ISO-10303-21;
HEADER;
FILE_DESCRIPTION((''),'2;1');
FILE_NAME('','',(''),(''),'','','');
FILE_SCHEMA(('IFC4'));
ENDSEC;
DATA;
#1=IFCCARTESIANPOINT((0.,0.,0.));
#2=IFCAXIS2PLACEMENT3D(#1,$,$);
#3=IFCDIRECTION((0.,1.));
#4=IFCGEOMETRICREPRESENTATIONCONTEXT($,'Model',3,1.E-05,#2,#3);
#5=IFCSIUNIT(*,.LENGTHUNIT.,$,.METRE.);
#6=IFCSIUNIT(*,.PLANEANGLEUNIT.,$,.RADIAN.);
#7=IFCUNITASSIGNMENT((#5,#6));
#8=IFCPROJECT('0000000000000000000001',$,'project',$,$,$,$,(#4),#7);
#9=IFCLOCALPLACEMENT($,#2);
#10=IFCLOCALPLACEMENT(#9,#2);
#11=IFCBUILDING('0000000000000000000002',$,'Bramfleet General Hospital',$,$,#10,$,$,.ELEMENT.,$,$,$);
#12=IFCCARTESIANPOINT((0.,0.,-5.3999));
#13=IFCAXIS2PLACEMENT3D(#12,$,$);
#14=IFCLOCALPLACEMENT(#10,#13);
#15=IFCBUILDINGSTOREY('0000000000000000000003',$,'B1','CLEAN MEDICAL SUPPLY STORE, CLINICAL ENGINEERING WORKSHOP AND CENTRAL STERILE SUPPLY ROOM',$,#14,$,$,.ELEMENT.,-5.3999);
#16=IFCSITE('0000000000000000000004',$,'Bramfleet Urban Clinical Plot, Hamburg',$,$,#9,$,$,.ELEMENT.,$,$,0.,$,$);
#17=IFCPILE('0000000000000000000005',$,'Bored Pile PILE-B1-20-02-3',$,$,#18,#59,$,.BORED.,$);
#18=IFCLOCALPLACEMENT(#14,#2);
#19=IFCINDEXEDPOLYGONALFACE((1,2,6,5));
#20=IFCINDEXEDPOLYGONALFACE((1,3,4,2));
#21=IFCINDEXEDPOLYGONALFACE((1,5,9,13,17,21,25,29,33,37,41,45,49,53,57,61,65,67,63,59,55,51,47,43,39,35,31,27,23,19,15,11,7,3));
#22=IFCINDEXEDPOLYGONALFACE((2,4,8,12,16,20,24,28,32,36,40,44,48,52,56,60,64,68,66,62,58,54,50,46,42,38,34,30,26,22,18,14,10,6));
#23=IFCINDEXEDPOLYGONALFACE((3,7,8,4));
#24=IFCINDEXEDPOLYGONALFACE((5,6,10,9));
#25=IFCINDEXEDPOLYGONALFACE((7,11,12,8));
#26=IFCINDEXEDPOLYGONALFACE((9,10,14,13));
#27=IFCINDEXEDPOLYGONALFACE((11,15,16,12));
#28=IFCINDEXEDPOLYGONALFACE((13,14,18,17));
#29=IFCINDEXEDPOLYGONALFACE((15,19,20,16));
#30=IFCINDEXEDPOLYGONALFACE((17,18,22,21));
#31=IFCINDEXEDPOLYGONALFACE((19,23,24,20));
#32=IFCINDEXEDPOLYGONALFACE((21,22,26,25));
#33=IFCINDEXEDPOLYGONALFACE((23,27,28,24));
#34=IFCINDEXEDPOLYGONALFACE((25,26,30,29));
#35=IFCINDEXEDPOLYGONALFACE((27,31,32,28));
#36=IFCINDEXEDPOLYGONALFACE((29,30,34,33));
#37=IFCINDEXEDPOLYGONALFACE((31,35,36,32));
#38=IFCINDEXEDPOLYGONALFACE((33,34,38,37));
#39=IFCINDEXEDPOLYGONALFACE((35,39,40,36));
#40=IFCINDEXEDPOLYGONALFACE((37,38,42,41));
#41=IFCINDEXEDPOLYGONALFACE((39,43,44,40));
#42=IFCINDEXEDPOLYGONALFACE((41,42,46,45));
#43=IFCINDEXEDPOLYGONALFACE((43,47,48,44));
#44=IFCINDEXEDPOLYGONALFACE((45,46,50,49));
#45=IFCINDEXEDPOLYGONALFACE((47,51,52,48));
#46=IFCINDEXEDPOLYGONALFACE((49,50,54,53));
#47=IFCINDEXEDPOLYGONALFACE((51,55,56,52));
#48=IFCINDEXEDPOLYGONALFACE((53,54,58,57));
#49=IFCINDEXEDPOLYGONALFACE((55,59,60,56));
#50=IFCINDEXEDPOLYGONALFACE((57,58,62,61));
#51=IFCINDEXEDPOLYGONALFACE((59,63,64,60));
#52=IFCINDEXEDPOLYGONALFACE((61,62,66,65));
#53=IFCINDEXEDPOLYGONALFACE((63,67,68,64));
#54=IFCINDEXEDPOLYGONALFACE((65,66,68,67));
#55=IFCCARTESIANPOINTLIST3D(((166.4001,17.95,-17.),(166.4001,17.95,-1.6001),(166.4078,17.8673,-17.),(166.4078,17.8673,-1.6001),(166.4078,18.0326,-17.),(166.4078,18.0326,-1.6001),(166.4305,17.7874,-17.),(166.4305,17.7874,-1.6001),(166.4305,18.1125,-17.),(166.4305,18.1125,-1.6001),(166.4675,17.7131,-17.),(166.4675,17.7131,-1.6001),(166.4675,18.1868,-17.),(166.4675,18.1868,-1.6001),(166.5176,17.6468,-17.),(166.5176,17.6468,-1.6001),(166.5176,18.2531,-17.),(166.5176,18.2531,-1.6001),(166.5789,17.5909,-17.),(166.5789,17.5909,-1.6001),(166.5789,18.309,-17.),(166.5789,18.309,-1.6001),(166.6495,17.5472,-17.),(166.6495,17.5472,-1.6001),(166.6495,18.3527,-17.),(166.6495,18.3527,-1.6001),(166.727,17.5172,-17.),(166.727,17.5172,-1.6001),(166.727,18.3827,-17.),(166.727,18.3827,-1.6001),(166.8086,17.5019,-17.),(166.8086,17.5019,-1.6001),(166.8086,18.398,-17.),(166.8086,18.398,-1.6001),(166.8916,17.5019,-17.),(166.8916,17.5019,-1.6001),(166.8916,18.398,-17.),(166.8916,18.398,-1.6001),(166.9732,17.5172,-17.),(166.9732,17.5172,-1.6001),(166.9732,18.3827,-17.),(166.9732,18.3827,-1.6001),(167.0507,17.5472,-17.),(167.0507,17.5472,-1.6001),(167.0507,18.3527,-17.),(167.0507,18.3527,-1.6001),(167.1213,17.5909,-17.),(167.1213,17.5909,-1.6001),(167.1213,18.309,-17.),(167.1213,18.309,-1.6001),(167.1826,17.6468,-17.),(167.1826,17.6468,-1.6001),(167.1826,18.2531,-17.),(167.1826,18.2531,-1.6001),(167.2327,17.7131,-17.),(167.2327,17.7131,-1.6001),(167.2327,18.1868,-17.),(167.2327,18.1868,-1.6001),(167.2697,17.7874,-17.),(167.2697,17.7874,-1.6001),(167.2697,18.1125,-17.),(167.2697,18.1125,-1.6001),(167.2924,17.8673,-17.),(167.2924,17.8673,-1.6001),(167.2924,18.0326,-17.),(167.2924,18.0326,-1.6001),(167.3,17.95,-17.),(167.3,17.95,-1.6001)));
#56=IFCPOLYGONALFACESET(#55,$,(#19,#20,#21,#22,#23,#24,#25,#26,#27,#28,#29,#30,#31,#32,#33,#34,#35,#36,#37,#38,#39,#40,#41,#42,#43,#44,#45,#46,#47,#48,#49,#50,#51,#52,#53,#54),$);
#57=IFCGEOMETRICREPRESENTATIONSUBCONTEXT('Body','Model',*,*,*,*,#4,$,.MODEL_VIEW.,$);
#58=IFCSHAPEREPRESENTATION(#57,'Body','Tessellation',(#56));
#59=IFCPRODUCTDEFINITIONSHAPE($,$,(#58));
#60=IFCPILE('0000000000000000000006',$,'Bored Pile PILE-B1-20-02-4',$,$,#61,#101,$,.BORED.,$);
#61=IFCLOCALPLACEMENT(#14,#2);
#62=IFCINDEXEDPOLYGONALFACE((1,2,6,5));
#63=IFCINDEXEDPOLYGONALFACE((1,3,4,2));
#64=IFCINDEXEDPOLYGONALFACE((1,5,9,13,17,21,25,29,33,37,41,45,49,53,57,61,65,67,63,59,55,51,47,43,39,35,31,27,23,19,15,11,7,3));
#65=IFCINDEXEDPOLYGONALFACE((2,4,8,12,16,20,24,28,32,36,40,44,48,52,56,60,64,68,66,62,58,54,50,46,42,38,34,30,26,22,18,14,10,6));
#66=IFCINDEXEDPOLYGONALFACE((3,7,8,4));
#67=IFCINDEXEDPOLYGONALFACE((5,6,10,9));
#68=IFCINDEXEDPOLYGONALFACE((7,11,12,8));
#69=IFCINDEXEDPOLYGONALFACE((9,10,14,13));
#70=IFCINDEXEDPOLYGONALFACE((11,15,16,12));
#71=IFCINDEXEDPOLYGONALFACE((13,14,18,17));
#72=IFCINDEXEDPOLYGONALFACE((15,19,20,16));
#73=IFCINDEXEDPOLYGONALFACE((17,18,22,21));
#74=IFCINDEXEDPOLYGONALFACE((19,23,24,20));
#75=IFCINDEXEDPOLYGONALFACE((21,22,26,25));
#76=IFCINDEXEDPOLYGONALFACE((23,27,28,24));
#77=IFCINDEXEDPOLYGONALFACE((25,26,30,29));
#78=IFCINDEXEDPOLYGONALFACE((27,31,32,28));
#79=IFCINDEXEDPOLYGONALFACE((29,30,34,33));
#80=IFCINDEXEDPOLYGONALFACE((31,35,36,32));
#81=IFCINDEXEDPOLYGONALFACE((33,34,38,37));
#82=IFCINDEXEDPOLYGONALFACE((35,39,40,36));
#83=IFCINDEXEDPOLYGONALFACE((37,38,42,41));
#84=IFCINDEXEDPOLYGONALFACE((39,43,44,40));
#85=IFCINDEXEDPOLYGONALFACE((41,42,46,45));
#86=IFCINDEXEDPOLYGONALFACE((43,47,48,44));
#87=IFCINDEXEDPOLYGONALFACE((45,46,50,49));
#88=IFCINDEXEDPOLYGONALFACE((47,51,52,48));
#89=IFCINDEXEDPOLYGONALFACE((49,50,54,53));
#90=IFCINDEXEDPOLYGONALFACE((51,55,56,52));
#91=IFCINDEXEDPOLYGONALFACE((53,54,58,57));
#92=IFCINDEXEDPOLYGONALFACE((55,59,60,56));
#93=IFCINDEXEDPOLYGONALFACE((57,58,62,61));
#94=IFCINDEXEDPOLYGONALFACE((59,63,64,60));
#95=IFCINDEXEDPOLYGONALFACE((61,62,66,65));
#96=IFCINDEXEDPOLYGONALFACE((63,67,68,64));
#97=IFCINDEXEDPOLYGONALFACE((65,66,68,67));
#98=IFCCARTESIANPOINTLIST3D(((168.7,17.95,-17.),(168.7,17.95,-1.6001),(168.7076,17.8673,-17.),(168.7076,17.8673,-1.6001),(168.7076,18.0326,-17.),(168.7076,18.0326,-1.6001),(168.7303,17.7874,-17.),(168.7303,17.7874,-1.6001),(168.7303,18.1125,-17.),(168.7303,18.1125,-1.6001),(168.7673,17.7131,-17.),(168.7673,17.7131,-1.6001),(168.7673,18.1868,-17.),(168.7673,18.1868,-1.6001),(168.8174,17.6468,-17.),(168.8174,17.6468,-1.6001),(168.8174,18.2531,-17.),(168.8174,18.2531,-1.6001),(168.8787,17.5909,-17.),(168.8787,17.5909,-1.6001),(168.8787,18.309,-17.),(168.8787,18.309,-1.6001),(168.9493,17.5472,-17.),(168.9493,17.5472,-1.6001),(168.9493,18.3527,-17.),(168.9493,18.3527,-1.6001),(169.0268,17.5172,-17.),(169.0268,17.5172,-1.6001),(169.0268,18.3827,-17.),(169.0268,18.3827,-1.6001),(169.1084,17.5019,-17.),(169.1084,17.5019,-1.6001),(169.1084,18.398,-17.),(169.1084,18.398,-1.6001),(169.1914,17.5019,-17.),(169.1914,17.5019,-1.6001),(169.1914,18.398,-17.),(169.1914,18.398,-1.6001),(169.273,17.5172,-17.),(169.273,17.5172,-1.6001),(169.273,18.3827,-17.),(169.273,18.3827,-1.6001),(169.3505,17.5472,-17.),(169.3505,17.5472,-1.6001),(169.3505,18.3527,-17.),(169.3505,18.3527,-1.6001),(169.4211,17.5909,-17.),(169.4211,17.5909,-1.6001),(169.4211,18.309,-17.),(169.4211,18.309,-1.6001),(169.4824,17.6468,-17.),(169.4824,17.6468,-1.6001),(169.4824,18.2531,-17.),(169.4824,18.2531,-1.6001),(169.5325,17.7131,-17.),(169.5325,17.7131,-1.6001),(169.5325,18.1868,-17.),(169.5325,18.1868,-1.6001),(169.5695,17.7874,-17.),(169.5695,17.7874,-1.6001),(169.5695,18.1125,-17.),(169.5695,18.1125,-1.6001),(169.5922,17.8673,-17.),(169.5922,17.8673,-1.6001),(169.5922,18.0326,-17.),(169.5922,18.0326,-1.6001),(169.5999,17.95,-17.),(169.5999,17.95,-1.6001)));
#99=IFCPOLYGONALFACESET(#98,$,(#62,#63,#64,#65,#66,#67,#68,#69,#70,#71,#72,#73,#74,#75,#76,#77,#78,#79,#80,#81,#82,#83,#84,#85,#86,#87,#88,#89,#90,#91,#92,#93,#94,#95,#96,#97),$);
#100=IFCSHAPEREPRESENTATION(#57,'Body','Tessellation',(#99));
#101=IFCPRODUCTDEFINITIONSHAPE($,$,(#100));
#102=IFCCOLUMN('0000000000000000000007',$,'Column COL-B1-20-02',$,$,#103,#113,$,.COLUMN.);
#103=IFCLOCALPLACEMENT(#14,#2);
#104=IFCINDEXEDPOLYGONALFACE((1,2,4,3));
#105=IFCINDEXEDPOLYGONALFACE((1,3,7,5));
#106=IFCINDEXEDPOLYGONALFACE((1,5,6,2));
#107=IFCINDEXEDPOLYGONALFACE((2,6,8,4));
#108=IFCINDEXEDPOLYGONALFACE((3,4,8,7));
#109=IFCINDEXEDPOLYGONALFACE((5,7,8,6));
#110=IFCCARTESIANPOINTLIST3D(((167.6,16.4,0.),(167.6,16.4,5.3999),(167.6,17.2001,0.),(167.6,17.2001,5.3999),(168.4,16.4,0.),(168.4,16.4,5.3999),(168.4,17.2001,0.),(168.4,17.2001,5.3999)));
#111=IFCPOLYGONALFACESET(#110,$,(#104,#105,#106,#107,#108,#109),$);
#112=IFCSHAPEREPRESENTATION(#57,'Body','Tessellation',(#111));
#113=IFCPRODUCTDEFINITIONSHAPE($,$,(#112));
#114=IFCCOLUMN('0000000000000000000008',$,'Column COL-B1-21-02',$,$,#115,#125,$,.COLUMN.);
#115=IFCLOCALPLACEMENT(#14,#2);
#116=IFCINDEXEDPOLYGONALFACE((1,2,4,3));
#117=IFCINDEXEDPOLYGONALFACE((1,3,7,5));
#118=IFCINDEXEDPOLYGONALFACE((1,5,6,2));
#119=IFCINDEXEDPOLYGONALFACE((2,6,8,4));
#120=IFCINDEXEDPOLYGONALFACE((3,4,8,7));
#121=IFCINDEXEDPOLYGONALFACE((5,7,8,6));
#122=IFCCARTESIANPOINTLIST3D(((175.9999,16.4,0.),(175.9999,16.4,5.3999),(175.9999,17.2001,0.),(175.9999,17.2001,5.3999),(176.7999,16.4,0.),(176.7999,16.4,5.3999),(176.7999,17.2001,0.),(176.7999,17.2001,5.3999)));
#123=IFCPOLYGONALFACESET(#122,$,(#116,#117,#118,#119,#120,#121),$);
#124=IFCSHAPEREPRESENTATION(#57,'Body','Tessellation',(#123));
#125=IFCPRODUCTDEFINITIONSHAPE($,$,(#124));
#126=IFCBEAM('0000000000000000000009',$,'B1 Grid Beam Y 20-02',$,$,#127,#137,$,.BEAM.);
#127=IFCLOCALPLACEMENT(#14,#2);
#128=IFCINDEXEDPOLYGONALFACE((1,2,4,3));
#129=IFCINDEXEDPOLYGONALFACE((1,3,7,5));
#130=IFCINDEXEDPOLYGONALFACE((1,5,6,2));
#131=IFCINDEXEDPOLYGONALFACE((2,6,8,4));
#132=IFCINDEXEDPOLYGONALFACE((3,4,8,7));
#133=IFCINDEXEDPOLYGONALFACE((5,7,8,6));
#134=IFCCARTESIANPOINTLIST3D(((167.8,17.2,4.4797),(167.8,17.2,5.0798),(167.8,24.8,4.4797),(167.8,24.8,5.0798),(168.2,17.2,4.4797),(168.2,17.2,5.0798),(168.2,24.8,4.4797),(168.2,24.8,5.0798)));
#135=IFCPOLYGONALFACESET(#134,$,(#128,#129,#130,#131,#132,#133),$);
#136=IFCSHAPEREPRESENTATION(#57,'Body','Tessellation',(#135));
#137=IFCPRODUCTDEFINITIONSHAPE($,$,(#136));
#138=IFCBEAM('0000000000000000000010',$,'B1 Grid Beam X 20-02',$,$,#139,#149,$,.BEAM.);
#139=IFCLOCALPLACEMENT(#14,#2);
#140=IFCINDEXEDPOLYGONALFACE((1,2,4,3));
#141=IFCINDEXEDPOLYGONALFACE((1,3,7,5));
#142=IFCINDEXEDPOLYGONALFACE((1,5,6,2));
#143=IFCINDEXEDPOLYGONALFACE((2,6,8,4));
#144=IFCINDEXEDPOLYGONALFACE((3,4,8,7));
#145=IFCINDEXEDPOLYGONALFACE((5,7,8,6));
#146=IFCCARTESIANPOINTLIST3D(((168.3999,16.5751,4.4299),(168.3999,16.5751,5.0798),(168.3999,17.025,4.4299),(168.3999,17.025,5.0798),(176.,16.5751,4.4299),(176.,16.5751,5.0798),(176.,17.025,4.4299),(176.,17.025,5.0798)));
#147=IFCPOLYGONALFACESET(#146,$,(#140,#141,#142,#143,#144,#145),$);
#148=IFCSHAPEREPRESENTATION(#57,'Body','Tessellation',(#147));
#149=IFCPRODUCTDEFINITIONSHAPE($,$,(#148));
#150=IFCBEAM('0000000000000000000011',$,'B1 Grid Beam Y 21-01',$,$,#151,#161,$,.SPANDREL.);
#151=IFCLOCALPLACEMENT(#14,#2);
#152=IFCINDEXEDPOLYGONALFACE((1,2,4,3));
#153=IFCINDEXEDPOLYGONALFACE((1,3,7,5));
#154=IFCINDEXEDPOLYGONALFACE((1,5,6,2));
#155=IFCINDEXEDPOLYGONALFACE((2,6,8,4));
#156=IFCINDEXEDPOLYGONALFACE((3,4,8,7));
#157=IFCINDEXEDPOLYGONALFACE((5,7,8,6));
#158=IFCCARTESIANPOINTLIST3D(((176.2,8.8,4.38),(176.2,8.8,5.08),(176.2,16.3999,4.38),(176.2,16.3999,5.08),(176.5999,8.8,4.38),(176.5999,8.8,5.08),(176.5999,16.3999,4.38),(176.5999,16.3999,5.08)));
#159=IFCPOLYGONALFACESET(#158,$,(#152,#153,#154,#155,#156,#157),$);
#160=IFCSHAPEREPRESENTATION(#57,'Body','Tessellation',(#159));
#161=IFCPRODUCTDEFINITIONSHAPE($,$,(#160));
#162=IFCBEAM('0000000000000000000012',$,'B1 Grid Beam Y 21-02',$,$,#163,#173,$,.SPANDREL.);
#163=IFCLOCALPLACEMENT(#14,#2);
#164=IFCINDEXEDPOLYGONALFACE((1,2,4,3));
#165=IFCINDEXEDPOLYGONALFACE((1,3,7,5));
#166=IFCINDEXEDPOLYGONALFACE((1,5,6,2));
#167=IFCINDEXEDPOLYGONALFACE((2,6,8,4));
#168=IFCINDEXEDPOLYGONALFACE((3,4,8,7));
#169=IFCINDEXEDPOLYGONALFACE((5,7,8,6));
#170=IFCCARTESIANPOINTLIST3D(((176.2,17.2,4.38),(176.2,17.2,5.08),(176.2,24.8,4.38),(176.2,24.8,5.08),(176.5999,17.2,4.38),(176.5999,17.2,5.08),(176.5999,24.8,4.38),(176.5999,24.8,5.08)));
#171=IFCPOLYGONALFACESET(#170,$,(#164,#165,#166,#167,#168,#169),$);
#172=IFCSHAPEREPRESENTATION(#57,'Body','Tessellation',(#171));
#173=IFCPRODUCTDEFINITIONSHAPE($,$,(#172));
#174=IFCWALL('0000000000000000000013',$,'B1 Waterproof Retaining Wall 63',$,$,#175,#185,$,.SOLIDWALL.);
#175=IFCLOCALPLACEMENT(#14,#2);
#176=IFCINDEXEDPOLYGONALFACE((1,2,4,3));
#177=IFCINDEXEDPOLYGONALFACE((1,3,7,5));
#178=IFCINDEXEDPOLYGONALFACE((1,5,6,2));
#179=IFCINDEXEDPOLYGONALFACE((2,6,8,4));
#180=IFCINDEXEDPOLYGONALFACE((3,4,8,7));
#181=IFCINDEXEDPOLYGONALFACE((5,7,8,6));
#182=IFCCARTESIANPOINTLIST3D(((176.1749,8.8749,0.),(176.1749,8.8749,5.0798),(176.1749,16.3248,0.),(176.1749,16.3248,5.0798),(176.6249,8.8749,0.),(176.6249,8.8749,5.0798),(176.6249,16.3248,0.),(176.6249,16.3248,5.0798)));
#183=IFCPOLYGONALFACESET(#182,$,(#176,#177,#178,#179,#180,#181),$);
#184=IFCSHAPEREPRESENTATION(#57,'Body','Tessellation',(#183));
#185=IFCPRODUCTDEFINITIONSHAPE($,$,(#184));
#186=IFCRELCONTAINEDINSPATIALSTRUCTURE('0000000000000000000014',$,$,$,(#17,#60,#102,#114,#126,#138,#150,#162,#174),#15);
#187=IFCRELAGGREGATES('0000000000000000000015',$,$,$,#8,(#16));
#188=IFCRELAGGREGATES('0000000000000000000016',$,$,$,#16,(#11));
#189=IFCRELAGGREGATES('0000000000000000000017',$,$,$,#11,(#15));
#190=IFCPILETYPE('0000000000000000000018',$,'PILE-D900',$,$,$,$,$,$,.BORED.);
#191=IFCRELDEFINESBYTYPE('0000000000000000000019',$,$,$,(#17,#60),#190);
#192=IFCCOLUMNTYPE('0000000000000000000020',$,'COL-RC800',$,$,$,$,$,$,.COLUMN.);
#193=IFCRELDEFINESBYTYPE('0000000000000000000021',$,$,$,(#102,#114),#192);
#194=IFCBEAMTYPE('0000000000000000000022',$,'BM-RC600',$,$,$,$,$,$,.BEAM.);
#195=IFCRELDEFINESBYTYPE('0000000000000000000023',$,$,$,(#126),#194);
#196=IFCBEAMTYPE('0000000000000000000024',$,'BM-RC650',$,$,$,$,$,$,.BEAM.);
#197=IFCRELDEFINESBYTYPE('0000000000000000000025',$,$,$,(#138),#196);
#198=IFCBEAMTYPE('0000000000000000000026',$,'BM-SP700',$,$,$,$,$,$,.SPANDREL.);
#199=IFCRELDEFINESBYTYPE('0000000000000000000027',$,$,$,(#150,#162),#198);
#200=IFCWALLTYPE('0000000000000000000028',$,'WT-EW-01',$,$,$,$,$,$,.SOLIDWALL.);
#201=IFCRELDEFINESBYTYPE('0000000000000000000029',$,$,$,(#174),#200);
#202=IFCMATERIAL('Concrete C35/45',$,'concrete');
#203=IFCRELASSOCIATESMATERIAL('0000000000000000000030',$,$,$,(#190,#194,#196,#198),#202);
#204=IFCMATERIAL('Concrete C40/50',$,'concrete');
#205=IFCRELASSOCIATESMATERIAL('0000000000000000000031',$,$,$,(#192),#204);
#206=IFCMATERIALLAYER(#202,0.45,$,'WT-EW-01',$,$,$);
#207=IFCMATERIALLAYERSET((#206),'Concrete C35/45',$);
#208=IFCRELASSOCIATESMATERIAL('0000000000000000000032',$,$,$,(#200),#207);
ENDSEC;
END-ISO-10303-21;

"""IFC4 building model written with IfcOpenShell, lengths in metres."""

from ifc_helpers import new_model, si_unit, direction, frame, frame_2d, origin, origin_2d, place, context, subcontext, project, spatial, rectangle, circle, extrude, material, layer, layer_set, material_profile, profile_set, type_object, element, save


model = new_model("IFC4")

# Units and contexts
model_context = context("Model", 3, precision=1e-05, world=origin(), true_north=direction((0.0, 1.0)))
body_context = subcontext(model_context, "Body", "Model", "MODEL_VIEW")
ifc_project = project(units=[si_unit("LENGTHUNIT", "METRE"), si_unit("PLANEANGLEUNIT", "RADIAN")], contexts=[model_context])

# Site, building, storey
site_placement = place(None, origin())
site = spatial("IfcSite", under=ifc_project, at=site_placement, Name="Bramfleet Urban Clinical Plot, Hamburg", CompositionType="ELEMENT", RefElevation=0.0)
building_placement = place(site_placement, origin())
building = spatial("IfcBuilding", under=site, at=building_placement, Name="Bramfleet General Hospital", CompositionType="ELEMENT")
storey_placement = place(building_placement, frame((0.0, 0.0, -5.3999)))
storey = spatial("IfcBuildingStorey", under=building, at=storey_placement, Name="B1", Description="CLEAN MEDICAL SUPPLY STORE, CLINICAL ENGINEERING WORKSHOP AND CENTRAL STERILE SUPPLY ROOM", CompositionType="ELEMENT", Elevation=-5.3999)

# Shared definitions
ifc_material_1 = material(Name="Concrete C35/45", Category="concrete")

# Piles
ifc_material_profile_1 = material_profile(ifc_material_1, circle(Radius=0.45, at=origin_2d()), Name="PILE BORED D900")
ifc_profile_set_1 = profile_set([ifc_material_profile_1], Name="Concrete C35/45")
pile_type_1 = type_object("IfcPileType", Name="PILE-D900", PredefinedType="BORED", material=ifc_profile_set_1)
for number, where, z_axis, x_axis, name in (
    (1, (166.8501, 17.95, -1.6001), (0.0, 0.0, -1.0), (1.0, 0.0, 0.0), "Bored Pile PILE-B1-20-02-3"),
    (2, (169.1499, 17.95, -1.6001), (0.0, 0.0, -1.0), (1.0, 0.0, 0.0), "Bored Pile PILE-B1-20-02-4"),
):
    element("IfcPile", number, at=place(storey_placement, frame(where, z_axis=z_axis, x_axis=x_axis)), inside=storey, type_object=pile_type_1, Name=name, PredefinedType="BORED", context=body_context, shape_type="SweptSolid", body=[
        extrude(circle(Radius=0.45, at=origin_2d()), origin(), (0.0, 0.0, 1.0), 15.3999),
    ])

# Columns
ifc_material_2 = material(Name="Concrete C40/50", Category="concrete")
ifc_material_profile_2 = material_profile(ifc_material_2, rectangle(XDim=0.8, YDim=0.8, at=origin_2d()), Name="RC COL 800x800")
ifc_profile_set_2 = profile_set([ifc_material_profile_2], Name="Concrete C40/50")
column_type = type_object("IfcColumnType", Name="COL-RC800", PredefinedType="COLUMN", material=ifc_profile_set_2)
for number, where, z_axis, x_axis, name in (
    (3, (168.0, 16.8, 0.0), (0.0, 0.0, 1.0), (1.0, 0.0, 0.0), "Column COL-B1-20-02"),
    (4, (176.3999, 16.8, 0.0), (0.0, 0.0, 1.0), (1.0, 0.0, 0.0), "Column COL-B1-21-02"),
):
    element("IfcColumn", number, at=place(storey_placement, frame(where, z_axis=z_axis, x_axis=x_axis)), inside=storey, type_object=column_type, Name=name, PredefinedType="COLUMN", context=body_context, shape_type="SweptSolid", body=[
        extrude(rectangle(XDim=0.8, YDim=0.8, at=origin_2d()), origin(), (0.0, 0.0, 1.0), 5.3999),
    ])

# Beams
ifc_material_profile_3 = material_profile(ifc_material_1, rectangle(XDim=0.3999, YDim=0.6001, at=origin_2d()), Name="RC BM 600x400")
ifc_profile_set_3 = profile_set([ifc_material_profile_3], Name="Concrete C35/45")
beam_type_1 = type_object("IfcBeamType", Name="BM-RC600", PredefinedType="BEAM", material=ifc_profile_set_3)
beam_1_placement = place(storey_placement, frame((168.0, 17.2, 4.7798), z_axis=(0.0, 1.0, 0.0), x_axis=(-1.0, 0.0, 0.0)))
element("IfcBeam", 5, at=beam_1_placement, inside=storey, type_object=beam_type_1, Name="B1 Grid Beam Y 20-02", PredefinedType="BEAM", context=body_context, shape_type="SweptSolid", body=[
    extrude(rectangle(XDim=0.3999, YDim=0.6001, at=origin_2d()), origin(), (0.0, 0.0, 1.0), 7.6001),
])
ifc_material_profile_4 = material_profile(ifc_material_1, rectangle(XDim=0.45, YDim=0.6499, at=origin_2d()), Name="RC BM 650x450")
ifc_profile_set_4 = profile_set([ifc_material_profile_4], Name="Concrete C35/45")
beam_type_2 = type_object("IfcBeamType", Name="BM-RC650", PredefinedType="BEAM", material=ifc_profile_set_4)
beam_2_placement = place(storey_placement, frame((168.3999, 16.8, 4.7549), z_axis=(1.0, 0.0, 0.0), x_axis=(0.0, 1.0, 0.0)))
element("IfcBeam", 6, at=beam_2_placement, inside=storey, type_object=beam_type_2, Name="B1 Grid Beam X 20-02", PredefinedType="BEAM", context=body_context, shape_type="SweptSolid", body=[
    extrude(rectangle(XDim=0.45, YDim=0.6499, at=origin_2d()), origin(), (0.0, 0.0, 1.0), 7.6001),
])
ifc_material_profile_5 = material_profile(ifc_material_1, rectangle(XDim=0.3999, YDim=0.7, at=origin_2d()), Name="RC SP 700x400")
ifc_profile_set_5 = profile_set([ifc_material_profile_5], Name="Concrete C35/45")
beam_type_3 = type_object("IfcBeamType", Name="BM-SP700", PredefinedType="SPANDREL", material=ifc_profile_set_5)
beam_3_placement = place(storey_placement, frame((176.3999, 8.8, 4.73), z_axis=(0.0, 1.0, 0.0), x_axis=(-1.0, 0.0, 0.0)))
element("IfcBeam", 7, at=beam_3_placement, inside=storey, type_object=beam_type_3, Name="B1 Grid Beam Y 21-01", PredefinedType="SPANDREL", context=body_context, shape_type="SweptSolid", body=[
    extrude(rectangle(XDim=0.3999, YDim=0.7, at=origin_2d()), origin(), (0.0, 0.0, 1.0), 7.5999),
])
beam_4_placement = place(storey_placement, frame((176.3999, 17.2, 4.73), z_axis=(0.0, 1.0, 0.0), x_axis=(-1.0, 0.0, 0.0)))
element("IfcBeam", 8, at=beam_4_placement, inside=storey, type_object=beam_type_3, Name="B1 Grid Beam Y 21-02", PredefinedType="SPANDREL", context=body_context, shape_type="SweptSolid", body=[
    extrude(rectangle(XDim=0.3999, YDim=0.7, at=origin_2d()), origin(), (0.0, 0.0, 1.0), 7.6001),
])

# Wall
ifc_layer_1 = layer(ifc_material_1, 0.45, Name="WT-EW-01")
ifc_layer_set_1 = layer_set([ifc_layer_1], Name="Concrete C35/45")
wall_type_1 = type_object("IfcWallType", Name="WT-EW-01", PredefinedType="SOLIDWALL", material=ifc_layer_set_1)
wall_1_placement = place(storey_placement, frame((176.3999, 16.325, 0.0), z_axis=(0.0, 0.0, 1.0), x_axis=(0.0, -1.0, 0.0)))
element("IfcWall", 9, at=wall_1_placement, inside=storey, type_object=wall_type_1, Name="B1 Waterproof Retaining Wall 63", PredefinedType="SOLIDWALL", context=body_context, shape_type="SweptSolid", body=[
    extrude(rectangle(XDim=7.45, YDim=0.45, at=frame_2d((3.7251, 0.0))), origin(), (0.0, 0.0, 1.0), 5.0798),
])

save(model, "model.ifc")
